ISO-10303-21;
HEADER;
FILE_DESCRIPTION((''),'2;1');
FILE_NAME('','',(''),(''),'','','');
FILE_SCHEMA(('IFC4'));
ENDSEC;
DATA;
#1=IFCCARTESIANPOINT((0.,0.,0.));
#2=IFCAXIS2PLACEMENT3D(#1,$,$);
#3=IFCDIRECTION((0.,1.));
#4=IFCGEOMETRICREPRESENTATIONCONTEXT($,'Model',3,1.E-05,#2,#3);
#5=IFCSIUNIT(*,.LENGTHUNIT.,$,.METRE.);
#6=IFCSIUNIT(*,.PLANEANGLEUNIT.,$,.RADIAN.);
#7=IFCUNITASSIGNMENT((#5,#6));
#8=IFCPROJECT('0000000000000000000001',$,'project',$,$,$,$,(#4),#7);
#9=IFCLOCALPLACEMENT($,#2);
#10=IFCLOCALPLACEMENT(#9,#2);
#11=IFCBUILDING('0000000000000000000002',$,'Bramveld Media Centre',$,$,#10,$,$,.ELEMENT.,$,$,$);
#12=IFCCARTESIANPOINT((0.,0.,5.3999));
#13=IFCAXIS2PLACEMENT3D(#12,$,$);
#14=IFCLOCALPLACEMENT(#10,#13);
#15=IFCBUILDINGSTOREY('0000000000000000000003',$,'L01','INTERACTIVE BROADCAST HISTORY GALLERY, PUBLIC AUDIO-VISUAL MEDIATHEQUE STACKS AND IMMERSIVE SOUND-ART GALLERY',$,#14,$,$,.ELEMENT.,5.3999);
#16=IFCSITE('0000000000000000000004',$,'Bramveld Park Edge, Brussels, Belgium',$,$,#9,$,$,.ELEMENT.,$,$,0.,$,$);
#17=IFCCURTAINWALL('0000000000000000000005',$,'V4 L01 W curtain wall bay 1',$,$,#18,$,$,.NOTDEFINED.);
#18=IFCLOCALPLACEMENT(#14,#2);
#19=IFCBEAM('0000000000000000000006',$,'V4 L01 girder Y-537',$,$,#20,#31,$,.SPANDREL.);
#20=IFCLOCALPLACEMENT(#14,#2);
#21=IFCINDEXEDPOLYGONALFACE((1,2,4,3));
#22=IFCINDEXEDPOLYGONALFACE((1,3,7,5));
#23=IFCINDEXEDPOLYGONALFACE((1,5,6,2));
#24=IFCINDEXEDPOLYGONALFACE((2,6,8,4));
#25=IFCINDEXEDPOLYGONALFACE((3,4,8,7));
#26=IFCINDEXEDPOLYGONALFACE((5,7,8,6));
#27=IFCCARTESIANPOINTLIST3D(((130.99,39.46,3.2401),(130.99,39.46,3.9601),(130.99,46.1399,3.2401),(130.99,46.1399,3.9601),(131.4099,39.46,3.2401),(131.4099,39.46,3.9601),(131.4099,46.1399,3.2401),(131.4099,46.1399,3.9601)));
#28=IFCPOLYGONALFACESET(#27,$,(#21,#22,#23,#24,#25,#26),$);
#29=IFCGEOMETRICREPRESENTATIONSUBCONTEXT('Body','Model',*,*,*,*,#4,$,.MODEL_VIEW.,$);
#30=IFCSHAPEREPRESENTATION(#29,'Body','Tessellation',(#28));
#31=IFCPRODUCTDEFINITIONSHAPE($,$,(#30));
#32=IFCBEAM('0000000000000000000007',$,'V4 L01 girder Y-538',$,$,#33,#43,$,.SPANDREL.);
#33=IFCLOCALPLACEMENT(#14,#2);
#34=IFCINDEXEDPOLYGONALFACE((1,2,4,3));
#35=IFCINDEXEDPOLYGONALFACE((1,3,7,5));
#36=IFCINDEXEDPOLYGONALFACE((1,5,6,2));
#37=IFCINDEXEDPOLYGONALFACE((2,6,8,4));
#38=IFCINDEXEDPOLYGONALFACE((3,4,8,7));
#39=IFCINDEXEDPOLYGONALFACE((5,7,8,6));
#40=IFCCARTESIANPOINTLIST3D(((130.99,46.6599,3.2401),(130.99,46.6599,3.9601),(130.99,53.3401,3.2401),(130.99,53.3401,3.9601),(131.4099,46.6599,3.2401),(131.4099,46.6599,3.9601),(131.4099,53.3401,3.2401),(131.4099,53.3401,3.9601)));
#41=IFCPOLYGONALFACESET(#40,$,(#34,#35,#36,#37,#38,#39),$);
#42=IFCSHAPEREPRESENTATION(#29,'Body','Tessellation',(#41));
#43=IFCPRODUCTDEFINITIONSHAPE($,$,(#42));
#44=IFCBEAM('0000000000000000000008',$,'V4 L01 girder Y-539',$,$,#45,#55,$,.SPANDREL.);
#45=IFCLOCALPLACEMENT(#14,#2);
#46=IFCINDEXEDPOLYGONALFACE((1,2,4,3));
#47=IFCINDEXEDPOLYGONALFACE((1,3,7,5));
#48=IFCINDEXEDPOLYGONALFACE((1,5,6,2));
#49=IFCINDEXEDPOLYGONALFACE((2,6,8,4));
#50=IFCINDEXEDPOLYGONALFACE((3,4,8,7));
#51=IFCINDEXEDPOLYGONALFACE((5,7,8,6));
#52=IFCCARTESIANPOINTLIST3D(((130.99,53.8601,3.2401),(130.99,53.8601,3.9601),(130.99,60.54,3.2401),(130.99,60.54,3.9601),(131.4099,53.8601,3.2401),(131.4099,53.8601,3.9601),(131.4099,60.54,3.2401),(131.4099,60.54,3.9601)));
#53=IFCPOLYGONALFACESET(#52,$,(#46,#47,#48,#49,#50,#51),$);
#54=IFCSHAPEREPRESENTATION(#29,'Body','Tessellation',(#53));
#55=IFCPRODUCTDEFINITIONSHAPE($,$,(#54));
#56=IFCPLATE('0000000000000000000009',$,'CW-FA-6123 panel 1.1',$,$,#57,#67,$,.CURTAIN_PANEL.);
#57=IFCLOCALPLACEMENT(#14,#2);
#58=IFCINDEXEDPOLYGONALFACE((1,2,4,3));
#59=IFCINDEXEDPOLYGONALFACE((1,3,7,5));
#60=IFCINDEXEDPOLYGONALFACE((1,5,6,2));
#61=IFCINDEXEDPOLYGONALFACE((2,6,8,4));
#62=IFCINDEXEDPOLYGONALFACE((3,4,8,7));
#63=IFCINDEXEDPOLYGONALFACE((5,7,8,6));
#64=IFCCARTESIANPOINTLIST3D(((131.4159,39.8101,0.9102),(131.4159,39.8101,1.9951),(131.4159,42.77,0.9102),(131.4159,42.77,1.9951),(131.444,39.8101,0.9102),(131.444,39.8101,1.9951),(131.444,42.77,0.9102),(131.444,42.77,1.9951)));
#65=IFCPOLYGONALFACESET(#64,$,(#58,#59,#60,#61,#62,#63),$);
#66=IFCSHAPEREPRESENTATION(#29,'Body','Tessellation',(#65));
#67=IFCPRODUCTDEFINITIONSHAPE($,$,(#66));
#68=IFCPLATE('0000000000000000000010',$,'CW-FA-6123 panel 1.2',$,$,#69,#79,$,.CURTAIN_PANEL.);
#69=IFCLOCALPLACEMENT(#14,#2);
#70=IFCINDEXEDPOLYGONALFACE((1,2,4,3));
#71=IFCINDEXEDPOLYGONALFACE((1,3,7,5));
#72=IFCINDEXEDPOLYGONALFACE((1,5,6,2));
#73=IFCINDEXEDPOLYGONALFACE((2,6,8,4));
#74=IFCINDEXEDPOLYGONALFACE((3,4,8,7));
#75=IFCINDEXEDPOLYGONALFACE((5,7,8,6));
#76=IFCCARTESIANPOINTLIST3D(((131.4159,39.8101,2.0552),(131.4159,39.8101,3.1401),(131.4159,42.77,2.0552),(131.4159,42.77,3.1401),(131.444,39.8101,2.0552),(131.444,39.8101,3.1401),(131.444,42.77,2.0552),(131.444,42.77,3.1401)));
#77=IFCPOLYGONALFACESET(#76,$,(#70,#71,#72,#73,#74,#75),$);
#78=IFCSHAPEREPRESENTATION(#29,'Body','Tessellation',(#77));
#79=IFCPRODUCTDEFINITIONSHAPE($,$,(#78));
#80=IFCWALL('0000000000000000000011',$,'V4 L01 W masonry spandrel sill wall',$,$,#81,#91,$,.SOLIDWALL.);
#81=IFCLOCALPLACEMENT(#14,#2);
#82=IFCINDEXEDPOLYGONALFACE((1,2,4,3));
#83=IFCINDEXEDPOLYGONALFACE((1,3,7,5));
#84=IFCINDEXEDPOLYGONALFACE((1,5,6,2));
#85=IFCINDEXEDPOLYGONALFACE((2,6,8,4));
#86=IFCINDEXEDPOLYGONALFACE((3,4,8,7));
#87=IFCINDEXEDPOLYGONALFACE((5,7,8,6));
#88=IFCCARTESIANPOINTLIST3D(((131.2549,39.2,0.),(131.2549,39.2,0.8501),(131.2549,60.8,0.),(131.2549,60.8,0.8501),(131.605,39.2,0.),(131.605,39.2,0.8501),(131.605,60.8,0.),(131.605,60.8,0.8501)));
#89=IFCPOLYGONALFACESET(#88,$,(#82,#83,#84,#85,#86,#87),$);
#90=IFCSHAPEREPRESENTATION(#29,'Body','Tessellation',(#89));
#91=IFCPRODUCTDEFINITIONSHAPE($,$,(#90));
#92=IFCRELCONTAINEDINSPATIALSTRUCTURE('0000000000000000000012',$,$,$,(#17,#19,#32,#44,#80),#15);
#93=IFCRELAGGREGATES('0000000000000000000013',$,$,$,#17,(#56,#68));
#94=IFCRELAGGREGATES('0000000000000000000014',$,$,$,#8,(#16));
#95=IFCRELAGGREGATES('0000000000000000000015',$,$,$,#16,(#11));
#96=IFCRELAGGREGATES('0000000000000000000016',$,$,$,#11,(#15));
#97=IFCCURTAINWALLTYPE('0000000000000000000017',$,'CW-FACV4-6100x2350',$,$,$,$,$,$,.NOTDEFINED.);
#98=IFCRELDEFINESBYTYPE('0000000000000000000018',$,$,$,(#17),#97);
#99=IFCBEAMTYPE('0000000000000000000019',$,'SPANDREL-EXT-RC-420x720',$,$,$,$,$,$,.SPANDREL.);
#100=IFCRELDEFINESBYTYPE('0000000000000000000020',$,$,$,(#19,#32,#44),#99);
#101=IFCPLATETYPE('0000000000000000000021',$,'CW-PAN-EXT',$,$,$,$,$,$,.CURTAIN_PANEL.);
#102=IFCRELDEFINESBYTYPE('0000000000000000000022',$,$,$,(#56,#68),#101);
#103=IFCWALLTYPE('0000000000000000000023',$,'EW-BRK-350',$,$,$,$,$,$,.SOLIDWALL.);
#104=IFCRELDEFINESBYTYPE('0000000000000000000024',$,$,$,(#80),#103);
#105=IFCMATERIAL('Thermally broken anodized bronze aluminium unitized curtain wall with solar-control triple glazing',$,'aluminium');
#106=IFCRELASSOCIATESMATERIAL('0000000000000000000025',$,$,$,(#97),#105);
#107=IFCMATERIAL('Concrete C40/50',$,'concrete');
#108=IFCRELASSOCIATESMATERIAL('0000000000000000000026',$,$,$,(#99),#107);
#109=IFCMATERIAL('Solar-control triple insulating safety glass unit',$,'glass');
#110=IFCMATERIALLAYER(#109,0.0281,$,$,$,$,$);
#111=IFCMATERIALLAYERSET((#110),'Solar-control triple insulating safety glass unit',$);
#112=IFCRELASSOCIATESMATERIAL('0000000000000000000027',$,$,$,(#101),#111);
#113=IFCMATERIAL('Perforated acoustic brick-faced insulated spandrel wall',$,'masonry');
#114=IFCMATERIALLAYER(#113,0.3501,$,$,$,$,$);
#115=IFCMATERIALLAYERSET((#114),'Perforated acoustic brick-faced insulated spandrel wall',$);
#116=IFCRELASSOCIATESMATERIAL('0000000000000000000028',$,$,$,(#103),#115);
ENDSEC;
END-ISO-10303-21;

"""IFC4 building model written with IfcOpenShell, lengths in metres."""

from ifc_helpers import new_model, si_unit, direction, frame, frame_2d, origin, origin_2d, place, context, subcontext, project, spatial, rectangle, extrude, material, layer, layer_set, material_profile, profile_set, type_object, element, aggregate, save


model = new_model("IFC4")

# Units and contexts
model_context = context("Model", 3, precision=1e-05, world=origin(), true_north=direction((0.0, 1.0)))
body_context = subcontext(model_context, "Body", "Model", "MODEL_VIEW")
ifc_project = project(units=[si_unit("LENGTHUNIT", "METRE"), si_unit("PLANEANGLEUNIT", "RADIAN")], contexts=[model_context])

# Site, building, storey
site_placement = place(None, origin())
site = spatial("IfcSite", under=ifc_project, at=site_placement, Name="Bramveld Park Edge, Brussels, Belgium", CompositionType="ELEMENT", RefElevation=0.0)
building_placement = place(site_placement, origin())
building = spatial("IfcBuilding", under=site, at=building_placement, Name="Bramveld Media Centre", CompositionType="ELEMENT")
storey_placement = place(building_placement, frame((0.0, 0.0, 5.3999)))
storey = spatial("IfcBuildingStorey", under=building, at=storey_placement, Name="L01", Description="INTERACTIVE BROADCAST HISTORY GALLERY, PUBLIC AUDIO-VISUAL MEDIATHEQUE STACKS AND IMMERSIVE SOUND-ART GALLERY", CompositionType="ELEMENT", Elevation=5.3999)

# Curtain wall
ifc_material_1 = material(Name="Thermally broken anodized bronze aluminium unitized curtain wall with solar-control triple glazing", Category="aluminium")
curtain_wall_type = type_object("IfcCurtainWallType", Name="CW-FACV4-6100x2350", PredefinedType="NOTDEFINED", material=ifc_material_1)
curtain_wall_placement = place(storey_placement, origin())
curtain_wall = element("IfcCurtainWall", 1, at=curtain_wall_placement, inside=storey, type_object=curtain_wall_type, Name="V4 L01 W curtain wall bay 1", PredefinedType="NOTDEFINED")

# Beams
ifc_material_2 = material(Name="Concrete C40/50", Category="concrete")
ifc_material_profile_1 = material_profile(ifc_material_2, rectangle(XDim=0.4199, YDim=0.72, at=origin_2d()), Name="RC 420x720")
ifc_profile_set_1 = profile_set([ifc_material_profile_1], Name="Concrete C40/50")
beam_type_1 = type_object("IfcBeamType", Name="SPANDREL-EXT-RC-420x720", PredefinedType="SPANDREL", material=ifc_profile_set_1)
beam_1_placement = place(storey_placement, frame((131.2, 39.46, 3.6001), z_axis=(0.0, 1.0, 0.0), x_axis=(-1.0, 0.0, 0.0)))
element("IfcBeam", 2, at=beam_1_placement, inside=storey, type_object=beam_type_1, Name="V4 L01 girder Y-537", PredefinedType="SPANDREL", context=body_context, shape_type="SweptSolid", body=[
    extrude(rectangle(XDim=0.4199, YDim=0.72, at=origin_2d()), origin(), (0.0, 0.0, 1.0), 6.6799),
])
beam_2_placement = place(storey_placement, frame((131.2, 46.6599, 3.6001), z_axis=(0.0, 1.0, 0.0), x_axis=(-1.0, 0.0, 0.0)))
element("IfcBeam", 3, at=beam_2_placement, inside=storey, type_object=beam_type_1, Name="V4 L01 girder Y-538", PredefinedType="SPANDREL", context=body_context, shape_type="SweptSolid", body=[
    extrude(rectangle(XDim=0.4199, YDim=0.72, at=origin_2d()), origin(), (0.0, 0.0, 1.0), 6.6802),
])
beam_3_placement = place(storey_placement, frame((131.2, 53.8601, 3.6001), z_axis=(0.0, 1.0, 0.0), x_axis=(-1.0, 0.0, 0.0)))
element("IfcBeam", 4, at=beam_3_placement, inside=storey, type_object=beam_type_1, Name="V4 L01 girder Y-539", PredefinedType="SPANDREL", context=body_context, shape_type="SweptSolid", body=[
    extrude(rectangle(XDim=0.4199, YDim=0.72, at=origin_2d()), origin(), (0.0, 0.0, 1.0), 6.6799),
])

# Plates
ifc_material_3 = material(Name="Solar-control triple insulating safety glass unit", Category="glass")
ifc_layer_1 = layer(ifc_material_3, 0.0281)
ifc_layer_set_1 = layer_set([ifc_layer_1], Name="Solar-control triple insulating safety glass unit")
plate_type = type_object("IfcPlateType", Name="CW-PAN-EXT", PredefinedType="CURTAIN_PANEL", material=ifc_layer_set_1)
plate_1_placement = place(storey_placement, frame((131.4299, 41.29, 0.9102), z_axis=(0.0, 0.0, 1.0), x_axis=(0.0, 1.0, 0.0)))
plate_1 = element("IfcPlate", 5, at=plate_1_placement, type_object=plate_type, Name="CW-FA-6123 panel 1.1", PredefinedType="CURTAIN_PANEL", context=body_context, shape_type="SweptSolid", body=[
    extrude(rectangle(XDim=2.96, YDim=0.0281, at=origin_2d()), origin(), (0.0, 0.0, 1.0), 1.085),
])
plate_2_placement = place(storey_placement, frame((131.4299, 41.29, 2.0552), z_axis=(0.0, 0.0, 1.0), x_axis=(0.0, 1.0, 0.0)))
plate_2 = element("IfcPlate", 6, at=plate_2_placement, type_object=plate_type, Name="CW-FA-6123 panel 1.2", PredefinedType="CURTAIN_PANEL", context=body_context, shape_type="SweptSolid", body=[
    extrude(rectangle(XDim=2.96, YDim=0.0281, at=origin_2d()), origin(), (0.0, 0.0, 1.0), 1.085),
])
aggregate(curtain_wall, [plate_1, plate_2])

# Wall
ifc_material_4 = material(Name="Perforated acoustic brick-faced insulated spandrel wall", Category="masonry")
ifc_layer_2 = layer(ifc_material_4, 0.3501)
ifc_layer_set_2 = layer_set([ifc_layer_2], Name="Perforated acoustic brick-faced insulated spandrel wall")
wall_type_1 = type_object("IfcWallType", Name="EW-BRK-350", PredefinedType="SOLIDWALL", material=ifc_layer_set_2)
wall_1_placement = place(storey_placement, frame((131.4299, 39.2, 0.0), z_axis=(0.0, 0.0, 1.0), x_axis=(0.0, 1.0, 0.0)))
element("IfcWall", 7, at=wall_1_placement, inside=storey, type_object=wall_type_1, Name="V4 L01 W masonry spandrel sill wall", PredefinedType="SOLIDWALL", context=body_context, shape_type="SweptSolid", body=[
    extrude(rectangle(XDim=21.6001, YDim=0.3501, at=frame_2d((10.8, 0.0))), origin(), (0.0, 0.0, 1.0), 0.8501),
])

save(model, "model.ifc")
